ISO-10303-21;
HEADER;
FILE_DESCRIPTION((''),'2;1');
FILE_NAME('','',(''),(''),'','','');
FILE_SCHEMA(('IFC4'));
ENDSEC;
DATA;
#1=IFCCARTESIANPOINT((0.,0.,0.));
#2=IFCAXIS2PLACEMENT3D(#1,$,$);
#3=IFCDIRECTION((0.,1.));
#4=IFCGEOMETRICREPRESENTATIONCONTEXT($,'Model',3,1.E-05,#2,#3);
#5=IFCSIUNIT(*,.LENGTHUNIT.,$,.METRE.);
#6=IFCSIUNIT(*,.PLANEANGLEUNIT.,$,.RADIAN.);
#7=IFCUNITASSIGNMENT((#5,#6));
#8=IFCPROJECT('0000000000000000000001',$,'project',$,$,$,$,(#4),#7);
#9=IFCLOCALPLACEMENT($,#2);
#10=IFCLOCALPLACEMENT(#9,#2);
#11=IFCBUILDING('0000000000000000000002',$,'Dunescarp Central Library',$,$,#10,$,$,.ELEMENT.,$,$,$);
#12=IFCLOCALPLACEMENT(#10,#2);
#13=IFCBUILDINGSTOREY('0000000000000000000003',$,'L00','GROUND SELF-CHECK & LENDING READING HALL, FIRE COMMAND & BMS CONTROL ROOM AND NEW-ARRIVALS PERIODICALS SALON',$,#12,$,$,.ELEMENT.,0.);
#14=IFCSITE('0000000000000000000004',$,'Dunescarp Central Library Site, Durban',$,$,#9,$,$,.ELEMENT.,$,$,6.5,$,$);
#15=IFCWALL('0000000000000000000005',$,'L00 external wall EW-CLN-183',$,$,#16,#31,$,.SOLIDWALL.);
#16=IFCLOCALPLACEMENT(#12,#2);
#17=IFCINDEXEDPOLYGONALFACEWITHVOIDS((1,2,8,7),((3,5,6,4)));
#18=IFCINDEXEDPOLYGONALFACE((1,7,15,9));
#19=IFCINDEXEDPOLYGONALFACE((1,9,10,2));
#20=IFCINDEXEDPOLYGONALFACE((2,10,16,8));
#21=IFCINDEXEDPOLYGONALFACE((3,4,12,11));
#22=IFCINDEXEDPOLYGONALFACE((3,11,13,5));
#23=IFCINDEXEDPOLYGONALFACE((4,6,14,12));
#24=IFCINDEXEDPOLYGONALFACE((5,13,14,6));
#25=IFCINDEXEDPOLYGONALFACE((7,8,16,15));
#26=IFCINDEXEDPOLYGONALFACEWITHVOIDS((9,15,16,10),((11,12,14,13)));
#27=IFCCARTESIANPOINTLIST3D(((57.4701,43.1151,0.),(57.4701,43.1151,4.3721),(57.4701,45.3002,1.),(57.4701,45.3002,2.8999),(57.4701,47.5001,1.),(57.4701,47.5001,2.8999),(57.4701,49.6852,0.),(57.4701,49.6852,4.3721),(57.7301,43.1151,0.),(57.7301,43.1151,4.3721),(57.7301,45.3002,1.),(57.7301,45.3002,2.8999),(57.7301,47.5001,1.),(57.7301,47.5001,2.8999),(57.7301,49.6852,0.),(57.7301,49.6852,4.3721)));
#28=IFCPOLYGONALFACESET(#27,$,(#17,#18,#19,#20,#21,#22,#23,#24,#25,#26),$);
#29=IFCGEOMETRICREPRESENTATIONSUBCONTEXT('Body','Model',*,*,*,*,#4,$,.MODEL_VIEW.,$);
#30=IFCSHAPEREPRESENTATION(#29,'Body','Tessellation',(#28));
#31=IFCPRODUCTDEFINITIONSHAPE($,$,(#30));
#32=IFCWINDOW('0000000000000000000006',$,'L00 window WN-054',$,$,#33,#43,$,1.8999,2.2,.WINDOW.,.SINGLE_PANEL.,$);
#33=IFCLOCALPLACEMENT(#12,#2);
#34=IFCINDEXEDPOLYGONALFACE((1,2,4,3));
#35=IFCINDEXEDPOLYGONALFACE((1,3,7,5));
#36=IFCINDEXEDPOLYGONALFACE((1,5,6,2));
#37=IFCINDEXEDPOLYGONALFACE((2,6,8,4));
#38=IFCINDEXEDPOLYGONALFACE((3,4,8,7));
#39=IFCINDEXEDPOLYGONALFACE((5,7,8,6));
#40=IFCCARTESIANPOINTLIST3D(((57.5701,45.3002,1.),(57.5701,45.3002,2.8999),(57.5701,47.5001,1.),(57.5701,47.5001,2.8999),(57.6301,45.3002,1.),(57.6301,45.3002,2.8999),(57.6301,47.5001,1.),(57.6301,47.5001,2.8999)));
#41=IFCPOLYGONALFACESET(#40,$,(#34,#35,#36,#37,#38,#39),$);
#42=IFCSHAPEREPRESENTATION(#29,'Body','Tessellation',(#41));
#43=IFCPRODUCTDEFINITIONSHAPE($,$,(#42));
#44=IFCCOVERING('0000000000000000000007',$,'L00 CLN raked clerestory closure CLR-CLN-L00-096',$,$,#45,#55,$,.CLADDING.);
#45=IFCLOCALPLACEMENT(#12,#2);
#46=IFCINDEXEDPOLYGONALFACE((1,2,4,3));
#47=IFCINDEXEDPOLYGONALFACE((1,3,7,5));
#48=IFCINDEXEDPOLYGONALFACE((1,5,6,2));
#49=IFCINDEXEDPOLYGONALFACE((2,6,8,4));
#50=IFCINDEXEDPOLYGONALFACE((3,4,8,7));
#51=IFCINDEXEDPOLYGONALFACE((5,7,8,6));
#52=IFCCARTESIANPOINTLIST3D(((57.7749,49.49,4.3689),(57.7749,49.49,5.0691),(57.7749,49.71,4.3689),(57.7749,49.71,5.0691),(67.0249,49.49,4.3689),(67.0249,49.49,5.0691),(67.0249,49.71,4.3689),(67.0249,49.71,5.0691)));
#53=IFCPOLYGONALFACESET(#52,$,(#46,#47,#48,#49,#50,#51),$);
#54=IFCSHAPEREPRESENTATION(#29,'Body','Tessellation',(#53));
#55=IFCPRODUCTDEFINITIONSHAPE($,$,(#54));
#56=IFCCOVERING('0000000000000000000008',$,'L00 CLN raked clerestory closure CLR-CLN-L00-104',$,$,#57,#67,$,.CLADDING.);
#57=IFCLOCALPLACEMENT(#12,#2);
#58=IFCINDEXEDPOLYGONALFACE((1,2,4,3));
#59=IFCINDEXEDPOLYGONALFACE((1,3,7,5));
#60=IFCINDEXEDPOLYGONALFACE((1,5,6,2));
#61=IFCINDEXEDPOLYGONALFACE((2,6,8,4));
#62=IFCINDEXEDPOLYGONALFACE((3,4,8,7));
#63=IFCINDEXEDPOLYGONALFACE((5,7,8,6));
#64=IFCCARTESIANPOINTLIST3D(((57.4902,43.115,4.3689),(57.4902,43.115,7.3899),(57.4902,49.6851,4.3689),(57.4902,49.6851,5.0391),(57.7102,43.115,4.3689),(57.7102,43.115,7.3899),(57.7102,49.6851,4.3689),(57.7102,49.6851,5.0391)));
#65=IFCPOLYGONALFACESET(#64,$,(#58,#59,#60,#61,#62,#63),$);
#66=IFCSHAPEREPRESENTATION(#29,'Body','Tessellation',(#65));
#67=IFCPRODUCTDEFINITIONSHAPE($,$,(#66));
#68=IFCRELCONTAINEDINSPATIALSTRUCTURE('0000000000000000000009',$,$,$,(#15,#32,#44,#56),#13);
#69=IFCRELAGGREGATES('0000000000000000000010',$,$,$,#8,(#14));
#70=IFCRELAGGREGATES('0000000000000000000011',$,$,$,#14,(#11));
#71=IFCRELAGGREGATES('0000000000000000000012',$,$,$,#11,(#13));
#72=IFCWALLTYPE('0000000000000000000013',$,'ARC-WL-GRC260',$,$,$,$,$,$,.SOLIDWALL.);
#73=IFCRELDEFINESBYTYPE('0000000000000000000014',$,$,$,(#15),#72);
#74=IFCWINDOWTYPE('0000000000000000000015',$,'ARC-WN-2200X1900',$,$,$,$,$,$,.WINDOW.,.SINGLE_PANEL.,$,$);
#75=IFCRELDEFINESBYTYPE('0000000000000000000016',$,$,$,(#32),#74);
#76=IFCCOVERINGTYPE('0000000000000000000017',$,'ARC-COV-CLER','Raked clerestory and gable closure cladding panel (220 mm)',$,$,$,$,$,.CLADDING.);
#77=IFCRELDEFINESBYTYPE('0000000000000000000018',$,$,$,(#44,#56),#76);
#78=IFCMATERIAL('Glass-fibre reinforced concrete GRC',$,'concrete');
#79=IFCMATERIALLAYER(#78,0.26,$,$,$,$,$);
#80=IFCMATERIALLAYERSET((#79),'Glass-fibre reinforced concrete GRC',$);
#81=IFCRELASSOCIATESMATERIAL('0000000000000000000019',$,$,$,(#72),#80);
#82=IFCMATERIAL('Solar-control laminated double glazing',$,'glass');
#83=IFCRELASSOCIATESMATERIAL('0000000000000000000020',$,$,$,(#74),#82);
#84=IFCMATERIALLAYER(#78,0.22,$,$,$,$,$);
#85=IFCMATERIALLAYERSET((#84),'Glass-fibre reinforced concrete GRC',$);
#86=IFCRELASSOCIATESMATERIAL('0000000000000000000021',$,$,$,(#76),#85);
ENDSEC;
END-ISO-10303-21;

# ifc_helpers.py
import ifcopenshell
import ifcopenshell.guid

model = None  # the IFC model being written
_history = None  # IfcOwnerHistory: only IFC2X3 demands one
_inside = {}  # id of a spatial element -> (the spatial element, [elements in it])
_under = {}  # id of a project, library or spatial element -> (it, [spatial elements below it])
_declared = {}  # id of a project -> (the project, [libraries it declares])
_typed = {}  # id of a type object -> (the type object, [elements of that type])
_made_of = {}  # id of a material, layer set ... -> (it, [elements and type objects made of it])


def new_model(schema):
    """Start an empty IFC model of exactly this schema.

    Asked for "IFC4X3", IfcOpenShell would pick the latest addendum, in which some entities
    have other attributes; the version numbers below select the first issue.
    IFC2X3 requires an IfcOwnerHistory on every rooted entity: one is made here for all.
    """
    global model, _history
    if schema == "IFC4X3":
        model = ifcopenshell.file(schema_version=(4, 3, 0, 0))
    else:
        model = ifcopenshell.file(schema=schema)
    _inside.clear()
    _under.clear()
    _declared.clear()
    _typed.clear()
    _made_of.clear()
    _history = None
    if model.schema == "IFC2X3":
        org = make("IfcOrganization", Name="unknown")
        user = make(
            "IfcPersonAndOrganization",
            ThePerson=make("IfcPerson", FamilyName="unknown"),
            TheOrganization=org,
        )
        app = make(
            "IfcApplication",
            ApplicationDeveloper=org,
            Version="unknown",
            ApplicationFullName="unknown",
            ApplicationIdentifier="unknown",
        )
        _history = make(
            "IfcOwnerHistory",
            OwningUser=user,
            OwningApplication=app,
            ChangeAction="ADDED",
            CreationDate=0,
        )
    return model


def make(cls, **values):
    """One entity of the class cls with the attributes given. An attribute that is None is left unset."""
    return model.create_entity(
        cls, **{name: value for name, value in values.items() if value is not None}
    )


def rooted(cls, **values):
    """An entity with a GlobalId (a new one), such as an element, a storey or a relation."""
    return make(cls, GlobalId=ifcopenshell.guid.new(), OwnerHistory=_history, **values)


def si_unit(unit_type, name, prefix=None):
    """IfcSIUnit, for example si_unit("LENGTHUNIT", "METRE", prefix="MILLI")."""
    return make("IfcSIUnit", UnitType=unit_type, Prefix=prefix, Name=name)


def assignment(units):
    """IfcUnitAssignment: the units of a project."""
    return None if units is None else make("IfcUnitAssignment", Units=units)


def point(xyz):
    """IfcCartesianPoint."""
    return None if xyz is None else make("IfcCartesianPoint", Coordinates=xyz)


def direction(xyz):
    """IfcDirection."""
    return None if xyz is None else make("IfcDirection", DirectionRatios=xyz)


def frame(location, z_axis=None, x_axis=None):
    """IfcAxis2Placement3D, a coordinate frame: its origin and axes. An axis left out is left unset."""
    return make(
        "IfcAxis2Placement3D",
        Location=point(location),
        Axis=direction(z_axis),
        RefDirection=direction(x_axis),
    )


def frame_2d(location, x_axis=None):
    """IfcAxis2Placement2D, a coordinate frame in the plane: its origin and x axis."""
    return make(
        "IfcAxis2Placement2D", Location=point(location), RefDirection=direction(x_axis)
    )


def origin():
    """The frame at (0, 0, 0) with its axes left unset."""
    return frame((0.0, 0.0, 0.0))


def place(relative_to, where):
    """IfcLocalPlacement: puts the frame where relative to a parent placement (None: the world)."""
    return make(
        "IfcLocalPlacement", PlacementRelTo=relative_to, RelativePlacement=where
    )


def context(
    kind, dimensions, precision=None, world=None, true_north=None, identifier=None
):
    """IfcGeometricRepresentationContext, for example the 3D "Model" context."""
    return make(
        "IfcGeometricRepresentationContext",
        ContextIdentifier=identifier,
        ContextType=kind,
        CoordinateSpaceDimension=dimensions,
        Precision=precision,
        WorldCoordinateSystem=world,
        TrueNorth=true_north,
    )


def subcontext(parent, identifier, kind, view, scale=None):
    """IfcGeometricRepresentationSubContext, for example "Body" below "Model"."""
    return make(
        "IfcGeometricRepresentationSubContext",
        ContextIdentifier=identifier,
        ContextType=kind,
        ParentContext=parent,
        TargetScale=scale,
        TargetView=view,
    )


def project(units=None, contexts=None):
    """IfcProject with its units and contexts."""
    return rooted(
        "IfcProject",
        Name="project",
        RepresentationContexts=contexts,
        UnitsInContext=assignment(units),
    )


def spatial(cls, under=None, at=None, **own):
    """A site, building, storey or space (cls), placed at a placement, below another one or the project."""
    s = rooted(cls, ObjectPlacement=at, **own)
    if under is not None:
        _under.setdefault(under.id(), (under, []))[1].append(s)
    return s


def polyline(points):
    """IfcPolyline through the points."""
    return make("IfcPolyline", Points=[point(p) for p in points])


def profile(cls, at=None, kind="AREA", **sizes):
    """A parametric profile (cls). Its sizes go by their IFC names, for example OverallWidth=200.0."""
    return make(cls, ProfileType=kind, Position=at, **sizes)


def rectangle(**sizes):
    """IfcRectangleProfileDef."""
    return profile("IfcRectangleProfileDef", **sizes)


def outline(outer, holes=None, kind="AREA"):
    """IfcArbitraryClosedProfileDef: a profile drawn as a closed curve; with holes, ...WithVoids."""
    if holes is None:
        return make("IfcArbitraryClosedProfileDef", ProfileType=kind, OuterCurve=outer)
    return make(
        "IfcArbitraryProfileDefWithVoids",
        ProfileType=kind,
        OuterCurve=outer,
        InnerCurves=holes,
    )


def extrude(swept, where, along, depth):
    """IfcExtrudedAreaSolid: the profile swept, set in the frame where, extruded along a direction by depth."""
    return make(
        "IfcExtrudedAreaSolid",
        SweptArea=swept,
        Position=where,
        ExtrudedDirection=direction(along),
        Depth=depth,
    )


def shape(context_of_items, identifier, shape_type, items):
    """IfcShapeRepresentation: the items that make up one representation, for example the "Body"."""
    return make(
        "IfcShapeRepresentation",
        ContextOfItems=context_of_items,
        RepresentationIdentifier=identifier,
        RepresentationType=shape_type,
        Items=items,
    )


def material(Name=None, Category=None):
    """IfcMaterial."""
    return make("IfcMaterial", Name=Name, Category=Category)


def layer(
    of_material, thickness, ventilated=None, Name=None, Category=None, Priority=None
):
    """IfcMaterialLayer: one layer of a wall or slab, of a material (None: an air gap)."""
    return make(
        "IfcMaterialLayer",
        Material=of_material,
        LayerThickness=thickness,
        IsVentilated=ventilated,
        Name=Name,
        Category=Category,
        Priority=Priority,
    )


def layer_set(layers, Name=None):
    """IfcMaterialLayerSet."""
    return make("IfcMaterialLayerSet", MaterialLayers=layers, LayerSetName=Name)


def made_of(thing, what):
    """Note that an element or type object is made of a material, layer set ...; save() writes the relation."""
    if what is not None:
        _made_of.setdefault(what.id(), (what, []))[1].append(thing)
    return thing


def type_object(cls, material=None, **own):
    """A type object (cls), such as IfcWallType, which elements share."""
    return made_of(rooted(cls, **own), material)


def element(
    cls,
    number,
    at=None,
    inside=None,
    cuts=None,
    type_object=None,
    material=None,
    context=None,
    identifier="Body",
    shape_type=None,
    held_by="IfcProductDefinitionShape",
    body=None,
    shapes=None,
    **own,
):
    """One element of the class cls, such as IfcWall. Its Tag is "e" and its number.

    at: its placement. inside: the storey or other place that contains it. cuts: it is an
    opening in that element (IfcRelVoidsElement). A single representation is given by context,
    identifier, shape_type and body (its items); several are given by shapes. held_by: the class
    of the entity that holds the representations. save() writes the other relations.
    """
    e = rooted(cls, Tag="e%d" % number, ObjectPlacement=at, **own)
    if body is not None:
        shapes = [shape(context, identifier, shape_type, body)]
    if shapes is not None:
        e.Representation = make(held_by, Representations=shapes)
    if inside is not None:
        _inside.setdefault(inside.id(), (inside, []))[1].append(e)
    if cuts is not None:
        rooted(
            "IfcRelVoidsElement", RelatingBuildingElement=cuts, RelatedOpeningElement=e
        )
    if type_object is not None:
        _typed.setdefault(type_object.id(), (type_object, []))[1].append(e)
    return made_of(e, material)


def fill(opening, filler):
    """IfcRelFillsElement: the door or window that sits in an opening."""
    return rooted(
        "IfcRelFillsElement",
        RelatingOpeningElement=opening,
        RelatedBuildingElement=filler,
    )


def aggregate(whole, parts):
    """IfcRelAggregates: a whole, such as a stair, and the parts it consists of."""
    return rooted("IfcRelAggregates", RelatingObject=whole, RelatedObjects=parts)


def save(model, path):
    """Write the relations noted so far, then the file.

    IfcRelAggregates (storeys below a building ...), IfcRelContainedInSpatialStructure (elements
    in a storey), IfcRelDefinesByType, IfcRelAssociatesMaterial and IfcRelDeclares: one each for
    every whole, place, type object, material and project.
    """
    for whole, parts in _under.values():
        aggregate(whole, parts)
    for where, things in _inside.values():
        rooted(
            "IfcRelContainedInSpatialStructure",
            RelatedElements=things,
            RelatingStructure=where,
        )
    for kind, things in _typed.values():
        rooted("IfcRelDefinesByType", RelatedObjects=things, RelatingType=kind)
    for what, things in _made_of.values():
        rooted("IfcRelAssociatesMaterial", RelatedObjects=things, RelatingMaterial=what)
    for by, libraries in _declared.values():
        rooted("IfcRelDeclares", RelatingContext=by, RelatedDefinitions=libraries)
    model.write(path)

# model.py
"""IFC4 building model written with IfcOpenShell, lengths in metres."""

from ifc_helpers import new_model, si_unit, direction, frame, frame_2d, origin, place, context, subcontext, project, spatial, polyline, rectangle, outline, extrude, material, layer, layer_set, type_object, element, fill, save


model = new_model("IFC4")

# Units and contexts
model_context = context("Model", 3, precision=1e-05, world=origin(), true_north=direction((0.0, 1.0)))
body_context = subcontext(model_context, "Body", "Model", "MODEL_VIEW")
ifc_project = project(units=[si_unit("LENGTHUNIT", "METRE"), si_unit("PLANEANGLEUNIT", "RADIAN")], contexts=[model_context])

# Site, building, storey
site_placement = place(None, origin())
site = spatial("IfcSite", under=ifc_project, at=site_placement, Name="Dunescarp Central Library Site, Durban", CompositionType="ELEMENT", RefElevation=6.5)
building_placement = place(site_placement, origin())
building = spatial("IfcBuilding", under=site, at=building_placement, Name="Dunescarp Central Library", CompositionType="ELEMENT")
storey_placement = place(building_placement, origin())
storey = spatial("IfcBuildingStorey", under=building, at=storey_placement, Name="L00", Description="GROUND SELF-CHECK & LENDING READING HALL, FIRE COMMAND & BMS CONTROL ROOM AND NEW-ARRIVALS PERIODICALS SALON", CompositionType="ELEMENT", Elevation=0.0)

# Wall, opening, window
ifc_material_1 = material(Name="Glass-fibre reinforced concrete GRC", Category="concrete")
ifc_layer_1 = layer(ifc_material_1, 0.26)
ifc_layer_set_1 = layer_set([ifc_layer_1], Name="Glass-fibre reinforced concrete GRC")
wall_type_1 = type_object("IfcWallType", Name="ARC-WL-GRC260", PredefinedType="SOLIDWALL", material=ifc_layer_set_1)
wall_1_placement = place(storey_placement, frame((57.6001, 43.115, 0.0), z_axis=(0.0, 0.0, 1.0), x_axis=(0.0, 1.0, 0.0)))
wall_1 = element("IfcWall", 1, at=wall_1_placement, inside=storey, type_object=wall_type_1, Name="L00 external wall EW-CLN-183", PredefinedType="SOLIDWALL", context=body_context, shape_type="SweptSolid", body=[
    extrude(rectangle(XDim=6.5701, YDim=0.26, at=frame_2d((3.2852, 0.0))), origin(), (0.0, 0.0, 1.0), 4.3721),
])
opening_1_placement = place(wall_1_placement, frame((2.1851, 0.0, 1.0)))
opening_1 = element("IfcOpeningElement", 2, at=opening_1_placement, cuts=wall_1, PredefinedType="OPENING", context=body_context, shape_type="SweptSolid", body=[
    extrude(rectangle(XDim=2.2, YDim=1.8999, at=frame_2d((1.1001, 0.95))), frame((0.0, 0.1401, 0.0), z_axis=(0.0, -1.0, 0.0), x_axis=(1.0, 0.0, 0.0)), (0.0, 0.0, 1.0), 0.28),
])
ifc_material_2 = material(Name="Solar-control laminated double glazing", Category="glass")
window_type = type_object("IfcWindowType", Name="ARC-WN-2200X1900", PartitioningType="SINGLE_PANEL", PredefinedType="WINDOW", material=ifc_material_2)
window_placement = place(opening_1_placement, origin())
window = element("IfcWindow", 3, at=window_placement, inside=storey, type_object=window_type, Name="L00 window WN-054", OverallHeight=1.8999, OverallWidth=2.2, PartitioningType="SINGLE_PANEL", PredefinedType="WINDOW", context=body_context, shape_type="SweptSolid", body=[
    extrude(rectangle(XDim=2.2, YDim=1.8999, at=frame_2d((1.1001, 0.95))), frame((0.0, 0.03, 0.0), z_axis=(0.0, -1.0, 0.0), x_axis=(1.0, 0.0, 0.0)), (0.0, 0.0, 1.0), 0.0601),
])
fill(opening_1, window)

# Coverings
ifc_layer_2 = layer(ifc_material_1, 0.22)
ifc_layer_set_2 = layer_set([ifc_layer_2], Name="Glass-fibre reinforced concrete GRC")
covering_type = type_object("IfcCoveringType", Name="ARC-COV-CLER", Description="Raked clerestory and gable closure cladding panel (220 mm)", PredefinedType="CLADDING", material=ifc_layer_set_2)
covering_1_placement = place(storey_placement, frame((57.7749, 49.6001, 4.3689), z_axis=(0.0, 0.0, 1.0), x_axis=(1.0, 0.0, 0.0)))
element("IfcCovering", 4, at=covering_1_placement, inside=storey, type_object=covering_type, Name="L00 CLN raked clerestory closure CLR-CLN-L00-096", PredefinedType="CLADDING", context=body_context, shape_type="SweptSolid", body=[
    extrude(outline(polyline([(0.0, 0.0), (9.25, 0.0), (9.25, 0.7002), (0.0, 0.7002), (0.0, 0.0)])), frame((0.0, 0.1099, 0.0), z_axis=(0.0, -1.0, 0.0), x_axis=(1.0, 0.0, 0.0)), (0.0, 0.0, 1.0), 0.22),
])
covering_2_placement = place(storey_placement, frame((57.6001, 43.115, 4.3689), z_axis=(0.0, 0.0, 1.0), x_axis=(0.0, 1.0, 0.0)))
element("IfcCovering", 5, at=covering_2_placement, inside=storey, type_object=covering_type, Name="L00 CLN raked clerestory closure CLR-CLN-L00-104", PredefinedType="CLADDING", context=body_context, shape_type="SweptSolid", body=[
    extrude(outline(polyline([(0.0, 0.0), (6.5701, 0.0), (6.5701, 0.6702), (0.0, 3.021), (0.0, 0.0)])), frame((0.0, 0.1099, 0.0), z_axis=(0.0, -1.0, 0.0), x_axis=(1.0, 0.0, 0.0)), (0.0, 0.0, 1.0), 0.22),
])

save(model, "model.ifc")
